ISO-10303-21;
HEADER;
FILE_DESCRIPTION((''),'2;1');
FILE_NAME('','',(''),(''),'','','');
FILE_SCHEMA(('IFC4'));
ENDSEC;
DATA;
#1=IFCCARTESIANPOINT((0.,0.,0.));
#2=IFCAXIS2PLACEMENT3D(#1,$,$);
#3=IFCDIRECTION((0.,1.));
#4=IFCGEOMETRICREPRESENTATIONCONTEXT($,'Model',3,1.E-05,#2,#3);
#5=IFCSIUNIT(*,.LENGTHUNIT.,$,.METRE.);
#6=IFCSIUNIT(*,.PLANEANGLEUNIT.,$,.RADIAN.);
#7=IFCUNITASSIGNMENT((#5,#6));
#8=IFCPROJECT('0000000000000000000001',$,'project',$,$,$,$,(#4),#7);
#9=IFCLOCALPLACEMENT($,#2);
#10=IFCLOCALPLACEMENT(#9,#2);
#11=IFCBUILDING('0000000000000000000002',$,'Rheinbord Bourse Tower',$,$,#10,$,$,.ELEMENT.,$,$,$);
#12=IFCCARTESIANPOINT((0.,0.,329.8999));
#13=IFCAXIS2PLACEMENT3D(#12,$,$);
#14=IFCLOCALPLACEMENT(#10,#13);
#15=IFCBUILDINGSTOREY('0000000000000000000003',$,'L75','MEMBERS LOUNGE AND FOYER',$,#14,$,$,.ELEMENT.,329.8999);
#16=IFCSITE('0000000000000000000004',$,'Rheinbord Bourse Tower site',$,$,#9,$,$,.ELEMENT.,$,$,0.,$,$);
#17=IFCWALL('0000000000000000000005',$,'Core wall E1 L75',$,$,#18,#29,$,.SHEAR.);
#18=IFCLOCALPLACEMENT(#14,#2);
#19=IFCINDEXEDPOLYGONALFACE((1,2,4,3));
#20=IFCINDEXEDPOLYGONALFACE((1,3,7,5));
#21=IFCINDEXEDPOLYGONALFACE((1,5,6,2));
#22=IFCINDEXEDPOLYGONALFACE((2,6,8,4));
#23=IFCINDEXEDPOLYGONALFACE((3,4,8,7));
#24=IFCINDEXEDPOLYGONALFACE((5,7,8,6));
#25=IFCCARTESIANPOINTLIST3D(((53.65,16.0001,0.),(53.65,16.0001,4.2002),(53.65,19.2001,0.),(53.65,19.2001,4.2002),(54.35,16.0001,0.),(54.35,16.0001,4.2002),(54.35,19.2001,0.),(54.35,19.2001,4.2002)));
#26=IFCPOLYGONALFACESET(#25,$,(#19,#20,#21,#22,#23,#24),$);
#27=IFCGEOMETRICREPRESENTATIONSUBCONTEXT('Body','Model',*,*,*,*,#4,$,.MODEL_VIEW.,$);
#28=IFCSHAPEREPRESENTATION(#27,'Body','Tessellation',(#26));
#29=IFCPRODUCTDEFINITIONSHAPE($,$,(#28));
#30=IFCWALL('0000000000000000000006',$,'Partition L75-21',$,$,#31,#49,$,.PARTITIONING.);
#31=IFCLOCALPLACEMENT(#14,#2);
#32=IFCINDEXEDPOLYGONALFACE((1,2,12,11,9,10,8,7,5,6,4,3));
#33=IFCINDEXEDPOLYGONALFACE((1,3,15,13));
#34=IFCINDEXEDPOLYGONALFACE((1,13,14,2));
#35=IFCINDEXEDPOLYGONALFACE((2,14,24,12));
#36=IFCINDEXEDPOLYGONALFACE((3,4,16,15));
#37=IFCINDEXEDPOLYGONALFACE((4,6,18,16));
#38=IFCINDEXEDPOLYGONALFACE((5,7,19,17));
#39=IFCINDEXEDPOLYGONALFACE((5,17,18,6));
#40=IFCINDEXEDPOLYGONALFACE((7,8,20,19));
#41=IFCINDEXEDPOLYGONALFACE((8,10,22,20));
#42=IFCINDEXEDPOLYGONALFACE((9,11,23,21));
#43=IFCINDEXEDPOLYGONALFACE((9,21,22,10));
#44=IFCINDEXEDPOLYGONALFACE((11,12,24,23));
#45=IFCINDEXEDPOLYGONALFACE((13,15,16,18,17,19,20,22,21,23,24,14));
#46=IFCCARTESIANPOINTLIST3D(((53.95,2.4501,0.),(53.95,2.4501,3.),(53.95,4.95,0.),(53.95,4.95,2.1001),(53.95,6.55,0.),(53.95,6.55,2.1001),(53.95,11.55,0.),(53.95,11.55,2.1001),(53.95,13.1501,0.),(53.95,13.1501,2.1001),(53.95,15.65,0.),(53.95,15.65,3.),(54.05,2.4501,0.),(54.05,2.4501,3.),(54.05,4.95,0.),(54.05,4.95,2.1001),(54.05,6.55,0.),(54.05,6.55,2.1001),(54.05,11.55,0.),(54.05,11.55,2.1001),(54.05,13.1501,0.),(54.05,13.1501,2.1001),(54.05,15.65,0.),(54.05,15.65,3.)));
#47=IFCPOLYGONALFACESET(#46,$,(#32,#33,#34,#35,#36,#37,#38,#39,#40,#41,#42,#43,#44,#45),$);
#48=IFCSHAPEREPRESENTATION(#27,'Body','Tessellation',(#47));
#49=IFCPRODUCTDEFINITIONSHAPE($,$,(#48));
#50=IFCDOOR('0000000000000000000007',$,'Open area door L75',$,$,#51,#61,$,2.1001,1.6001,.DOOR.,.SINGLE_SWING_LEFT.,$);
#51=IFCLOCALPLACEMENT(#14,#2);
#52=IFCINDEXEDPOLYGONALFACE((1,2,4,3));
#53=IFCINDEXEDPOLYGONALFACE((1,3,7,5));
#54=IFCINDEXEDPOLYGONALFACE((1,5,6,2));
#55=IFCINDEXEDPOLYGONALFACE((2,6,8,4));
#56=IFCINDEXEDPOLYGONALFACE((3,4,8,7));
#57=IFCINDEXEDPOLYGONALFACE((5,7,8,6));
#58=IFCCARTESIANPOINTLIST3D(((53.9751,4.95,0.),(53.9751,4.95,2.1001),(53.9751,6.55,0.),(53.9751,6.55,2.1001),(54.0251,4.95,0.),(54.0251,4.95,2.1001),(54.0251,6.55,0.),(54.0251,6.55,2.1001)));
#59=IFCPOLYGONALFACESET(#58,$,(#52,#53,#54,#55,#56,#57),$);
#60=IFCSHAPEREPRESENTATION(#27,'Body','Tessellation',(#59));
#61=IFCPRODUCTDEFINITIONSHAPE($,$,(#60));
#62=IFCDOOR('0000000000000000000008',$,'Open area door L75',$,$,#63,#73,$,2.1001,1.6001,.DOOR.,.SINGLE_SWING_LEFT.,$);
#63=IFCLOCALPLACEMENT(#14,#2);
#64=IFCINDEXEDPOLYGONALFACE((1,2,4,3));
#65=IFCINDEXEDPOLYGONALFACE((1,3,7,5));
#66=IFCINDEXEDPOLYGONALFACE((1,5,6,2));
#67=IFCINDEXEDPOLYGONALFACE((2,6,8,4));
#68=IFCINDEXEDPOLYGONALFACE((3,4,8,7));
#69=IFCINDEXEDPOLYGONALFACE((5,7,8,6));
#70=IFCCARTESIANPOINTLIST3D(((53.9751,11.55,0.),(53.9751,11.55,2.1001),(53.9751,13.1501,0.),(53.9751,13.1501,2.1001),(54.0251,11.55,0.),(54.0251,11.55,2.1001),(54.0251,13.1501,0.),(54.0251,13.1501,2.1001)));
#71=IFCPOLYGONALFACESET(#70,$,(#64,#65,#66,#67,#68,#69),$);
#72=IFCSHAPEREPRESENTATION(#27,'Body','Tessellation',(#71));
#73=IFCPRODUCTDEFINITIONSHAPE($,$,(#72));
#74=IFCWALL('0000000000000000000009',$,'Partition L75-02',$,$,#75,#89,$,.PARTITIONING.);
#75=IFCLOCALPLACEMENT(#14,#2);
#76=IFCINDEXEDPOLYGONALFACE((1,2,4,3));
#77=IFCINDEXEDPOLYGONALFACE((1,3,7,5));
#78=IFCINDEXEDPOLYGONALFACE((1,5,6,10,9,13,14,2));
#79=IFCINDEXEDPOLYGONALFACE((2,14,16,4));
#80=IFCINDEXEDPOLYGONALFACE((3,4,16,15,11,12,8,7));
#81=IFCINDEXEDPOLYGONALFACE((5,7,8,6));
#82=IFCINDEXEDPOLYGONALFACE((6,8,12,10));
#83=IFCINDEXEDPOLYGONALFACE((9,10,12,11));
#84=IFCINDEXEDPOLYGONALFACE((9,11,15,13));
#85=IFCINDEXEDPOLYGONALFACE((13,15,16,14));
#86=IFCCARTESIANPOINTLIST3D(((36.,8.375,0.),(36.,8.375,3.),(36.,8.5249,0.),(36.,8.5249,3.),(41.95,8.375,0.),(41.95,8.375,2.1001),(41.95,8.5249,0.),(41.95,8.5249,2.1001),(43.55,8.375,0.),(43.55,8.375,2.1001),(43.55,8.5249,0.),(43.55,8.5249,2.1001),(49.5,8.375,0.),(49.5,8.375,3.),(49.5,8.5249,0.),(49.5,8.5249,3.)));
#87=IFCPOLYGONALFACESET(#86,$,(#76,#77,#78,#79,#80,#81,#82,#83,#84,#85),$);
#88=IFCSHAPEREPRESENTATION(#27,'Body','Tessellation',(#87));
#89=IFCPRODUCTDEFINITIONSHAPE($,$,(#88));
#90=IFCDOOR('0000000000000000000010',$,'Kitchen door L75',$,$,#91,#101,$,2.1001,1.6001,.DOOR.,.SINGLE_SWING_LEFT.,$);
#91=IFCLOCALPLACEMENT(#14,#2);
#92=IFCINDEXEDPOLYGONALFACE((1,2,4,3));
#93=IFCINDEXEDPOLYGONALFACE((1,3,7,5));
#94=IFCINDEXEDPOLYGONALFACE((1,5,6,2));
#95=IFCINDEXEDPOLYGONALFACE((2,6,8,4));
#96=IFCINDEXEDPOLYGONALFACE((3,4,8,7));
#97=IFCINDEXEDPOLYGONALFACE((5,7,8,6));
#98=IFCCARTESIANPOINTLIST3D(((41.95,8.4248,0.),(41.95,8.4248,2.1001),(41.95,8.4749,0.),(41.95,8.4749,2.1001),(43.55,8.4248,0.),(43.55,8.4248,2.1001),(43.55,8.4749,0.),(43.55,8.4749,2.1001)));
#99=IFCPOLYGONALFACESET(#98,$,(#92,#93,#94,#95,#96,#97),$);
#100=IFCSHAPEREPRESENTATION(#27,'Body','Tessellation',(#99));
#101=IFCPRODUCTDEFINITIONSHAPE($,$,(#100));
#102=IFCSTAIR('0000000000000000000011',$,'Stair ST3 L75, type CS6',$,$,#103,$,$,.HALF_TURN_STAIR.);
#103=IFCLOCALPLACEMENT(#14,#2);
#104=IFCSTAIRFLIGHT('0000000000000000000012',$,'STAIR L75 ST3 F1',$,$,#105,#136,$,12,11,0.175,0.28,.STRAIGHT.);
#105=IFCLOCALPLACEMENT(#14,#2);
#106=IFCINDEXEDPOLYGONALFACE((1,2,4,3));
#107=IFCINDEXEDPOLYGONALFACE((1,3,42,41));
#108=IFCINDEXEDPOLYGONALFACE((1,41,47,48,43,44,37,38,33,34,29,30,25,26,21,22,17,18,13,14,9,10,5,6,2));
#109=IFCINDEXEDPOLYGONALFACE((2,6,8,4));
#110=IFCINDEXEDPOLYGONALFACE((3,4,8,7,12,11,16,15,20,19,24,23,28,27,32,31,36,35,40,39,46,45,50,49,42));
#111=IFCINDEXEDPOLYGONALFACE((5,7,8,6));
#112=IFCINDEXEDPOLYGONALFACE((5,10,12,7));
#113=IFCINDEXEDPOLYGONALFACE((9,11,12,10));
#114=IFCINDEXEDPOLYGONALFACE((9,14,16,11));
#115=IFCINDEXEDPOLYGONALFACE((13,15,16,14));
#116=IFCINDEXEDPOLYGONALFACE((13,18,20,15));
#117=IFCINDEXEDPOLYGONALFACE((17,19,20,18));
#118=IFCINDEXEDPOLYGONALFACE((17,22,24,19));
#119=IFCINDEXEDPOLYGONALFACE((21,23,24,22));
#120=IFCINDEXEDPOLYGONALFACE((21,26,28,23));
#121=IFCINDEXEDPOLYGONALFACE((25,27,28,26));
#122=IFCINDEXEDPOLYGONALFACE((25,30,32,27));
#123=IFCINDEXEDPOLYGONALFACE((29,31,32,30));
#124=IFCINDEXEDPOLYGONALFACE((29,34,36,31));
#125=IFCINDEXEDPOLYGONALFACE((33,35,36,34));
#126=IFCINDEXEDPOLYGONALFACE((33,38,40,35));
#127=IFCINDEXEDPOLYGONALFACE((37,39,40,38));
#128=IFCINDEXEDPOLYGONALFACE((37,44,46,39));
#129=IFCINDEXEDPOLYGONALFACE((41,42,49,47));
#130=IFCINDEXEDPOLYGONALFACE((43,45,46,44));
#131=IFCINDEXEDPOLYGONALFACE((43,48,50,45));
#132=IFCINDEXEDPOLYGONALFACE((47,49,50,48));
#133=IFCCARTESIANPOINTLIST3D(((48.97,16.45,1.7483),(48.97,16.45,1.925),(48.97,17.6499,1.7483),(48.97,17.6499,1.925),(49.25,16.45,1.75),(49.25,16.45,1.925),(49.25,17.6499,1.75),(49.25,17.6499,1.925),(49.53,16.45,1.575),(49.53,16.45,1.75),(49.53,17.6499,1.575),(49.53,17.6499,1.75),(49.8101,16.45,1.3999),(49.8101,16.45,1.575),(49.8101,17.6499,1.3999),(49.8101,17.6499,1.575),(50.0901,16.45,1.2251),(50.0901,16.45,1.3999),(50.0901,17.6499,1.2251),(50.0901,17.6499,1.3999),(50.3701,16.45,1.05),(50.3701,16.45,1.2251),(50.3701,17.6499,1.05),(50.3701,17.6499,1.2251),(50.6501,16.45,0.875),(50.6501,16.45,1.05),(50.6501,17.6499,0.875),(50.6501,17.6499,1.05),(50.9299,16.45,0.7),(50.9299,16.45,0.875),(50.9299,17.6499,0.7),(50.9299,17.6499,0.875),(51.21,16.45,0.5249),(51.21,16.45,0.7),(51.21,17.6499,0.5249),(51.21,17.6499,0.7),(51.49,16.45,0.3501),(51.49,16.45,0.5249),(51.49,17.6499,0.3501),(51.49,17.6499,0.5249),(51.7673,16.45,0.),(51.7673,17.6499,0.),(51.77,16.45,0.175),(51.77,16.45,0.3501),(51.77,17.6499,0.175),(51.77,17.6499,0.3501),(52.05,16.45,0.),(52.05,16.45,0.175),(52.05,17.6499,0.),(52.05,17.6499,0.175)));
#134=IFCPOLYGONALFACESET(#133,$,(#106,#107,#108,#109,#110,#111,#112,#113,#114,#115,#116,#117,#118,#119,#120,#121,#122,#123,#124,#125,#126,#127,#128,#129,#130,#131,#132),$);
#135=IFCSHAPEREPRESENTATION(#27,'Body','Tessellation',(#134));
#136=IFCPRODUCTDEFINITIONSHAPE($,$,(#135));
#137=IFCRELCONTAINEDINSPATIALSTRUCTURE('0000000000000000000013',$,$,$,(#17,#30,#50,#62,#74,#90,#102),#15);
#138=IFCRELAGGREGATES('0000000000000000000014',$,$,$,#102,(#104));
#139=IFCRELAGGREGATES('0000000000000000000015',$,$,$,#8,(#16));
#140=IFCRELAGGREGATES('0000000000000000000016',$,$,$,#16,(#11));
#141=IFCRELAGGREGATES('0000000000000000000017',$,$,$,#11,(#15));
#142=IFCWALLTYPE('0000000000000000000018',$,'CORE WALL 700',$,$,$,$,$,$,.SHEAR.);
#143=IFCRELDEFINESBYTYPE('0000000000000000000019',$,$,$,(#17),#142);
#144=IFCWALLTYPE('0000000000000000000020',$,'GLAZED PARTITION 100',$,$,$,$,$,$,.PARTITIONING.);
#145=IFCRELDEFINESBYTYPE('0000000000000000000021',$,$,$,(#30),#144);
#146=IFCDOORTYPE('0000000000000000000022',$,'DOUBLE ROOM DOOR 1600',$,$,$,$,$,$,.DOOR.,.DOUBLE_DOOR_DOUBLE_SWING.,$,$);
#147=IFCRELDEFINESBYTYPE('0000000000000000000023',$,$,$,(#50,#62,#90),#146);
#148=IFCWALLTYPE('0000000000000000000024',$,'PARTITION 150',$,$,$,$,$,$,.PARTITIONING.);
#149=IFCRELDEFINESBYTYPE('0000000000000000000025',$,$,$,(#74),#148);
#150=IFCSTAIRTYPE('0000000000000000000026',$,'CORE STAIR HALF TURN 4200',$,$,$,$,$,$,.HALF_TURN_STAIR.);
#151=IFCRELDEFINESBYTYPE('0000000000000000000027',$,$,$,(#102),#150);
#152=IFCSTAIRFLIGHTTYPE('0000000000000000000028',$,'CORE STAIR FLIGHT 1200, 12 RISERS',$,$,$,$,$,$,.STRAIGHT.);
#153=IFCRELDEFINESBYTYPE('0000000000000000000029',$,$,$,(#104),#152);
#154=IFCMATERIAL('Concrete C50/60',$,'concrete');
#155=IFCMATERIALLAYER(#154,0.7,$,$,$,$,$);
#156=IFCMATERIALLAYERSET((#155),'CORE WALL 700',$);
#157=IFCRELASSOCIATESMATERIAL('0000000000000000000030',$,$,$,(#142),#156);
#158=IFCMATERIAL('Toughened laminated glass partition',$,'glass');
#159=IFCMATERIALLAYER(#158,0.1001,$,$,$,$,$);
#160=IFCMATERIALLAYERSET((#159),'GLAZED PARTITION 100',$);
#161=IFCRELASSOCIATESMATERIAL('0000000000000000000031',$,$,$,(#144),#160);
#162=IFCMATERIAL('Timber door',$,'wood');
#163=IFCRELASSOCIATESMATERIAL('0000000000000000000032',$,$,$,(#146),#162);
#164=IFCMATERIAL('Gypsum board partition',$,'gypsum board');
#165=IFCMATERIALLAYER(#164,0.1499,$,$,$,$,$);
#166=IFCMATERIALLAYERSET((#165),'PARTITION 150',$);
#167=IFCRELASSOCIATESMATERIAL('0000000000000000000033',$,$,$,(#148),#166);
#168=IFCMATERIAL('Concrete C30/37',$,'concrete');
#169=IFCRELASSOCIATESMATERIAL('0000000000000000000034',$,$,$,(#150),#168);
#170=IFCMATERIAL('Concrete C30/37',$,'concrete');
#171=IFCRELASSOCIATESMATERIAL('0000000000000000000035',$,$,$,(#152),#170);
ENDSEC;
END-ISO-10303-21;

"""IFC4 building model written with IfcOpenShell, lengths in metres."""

from ifc_helpers import new_model, si_unit, direction, frame, frame_2d, origin, place, context, subcontext, project, spatial, polyline, rectangle, outline, extrude, material, layer, layer_set, type_object, element, fill, aggregate, save


model = new_model("IFC4")

# Units and contexts
model_context = context("Model", 3, precision=1e-05, world=origin(), true_north=direction((0.0, 1.0)))
body_context = subcontext(model_context, "Body", "Model", "MODEL_VIEW")
ifc_project = project(units=[si_unit("LENGTHUNIT", "METRE"), si_unit("PLANEANGLEUNIT", "RADIAN")], contexts=[model_context])

# Site, building, storey
site_placement = place(None, origin())
site = spatial("IfcSite", under=ifc_project, at=site_placement, Name="Rheinbord Bourse Tower site", CompositionType="ELEMENT", RefElevation=0.0)
building_placement = place(site_placement, origin())
building = spatial("IfcBuilding", under=site, at=building_placement, Name="Rheinbord Bourse Tower", CompositionType="ELEMENT")
storey_placement = place(building_placement, frame((0.0, 0.0, 329.8999)))
storey = spatial("IfcBuildingStorey", under=building, at=storey_placement, Name="L75", Description="MEMBERS LOUNGE AND FOYER", CompositionType="ELEMENT", Elevation=329.8999)

# Wall
ifc_material_1 = material(Name="Concrete C50/60", Category="concrete")
ifc_layer_1 = layer(ifc_material_1, 0.7)
ifc_layer_set_1 = layer_set([ifc_layer_1], Name="CORE WALL 700")
wall_type_1 = type_object("IfcWallType", Name="CORE WALL 700", PredefinedType="SHEAR", material=ifc_layer_set_1)
wall_1_placement = place(storey_placement, frame((54.0, 16.0, 0.0), z_axis=(0.0, 0.0, 1.0), x_axis=(0.0, 1.0, 0.0)))
element("IfcWall", 1, at=wall_1_placement, inside=storey, type_object=wall_type_1, Name="Core wall E1 L75", PredefinedType="SHEAR", context=body_context, shape_type="SweptSolid", body=[
    extrude(rectangle(XDim=3.2, YDim=0.7, at=frame_2d((1.6001, 0.0))), origin(), (0.0, 0.0, 1.0), 4.2002),
])

# Wall, openings, doors
ifc_material_2 = material(Name="Toughened laminated glass partition", Category="glass")
ifc_layer_2 = layer(ifc_material_2, 0.1001)
ifc_layer_set_2 = layer_set([ifc_layer_2], Name="GLAZED PARTITION 100")
wall_type_2 = type_object("IfcWallType", Name="GLAZED PARTITION 100", PredefinedType="PARTITIONING", material=ifc_layer_set_2)
wall_2_placement = place(storey_placement, frame((54.0, 2.45, 0.0), z_axis=(0.0, 0.0, 1.0), x_axis=(0.0, 1.0, 0.0)))
wall_2 = element("IfcWall", 2, at=wall_2_placement, inside=storey, type_object=wall_type_2, Name="Partition L75-21", PredefinedType="PARTITIONING", context=body_context, shape_type="SweptSolid", body=[
    extrude(rectangle(XDim=13.2, YDim=0.1001, at=frame_2d((6.6001, 0.0))), origin(), (0.0, 0.0, 1.0), 3.0),
])
opening_1_placement = place(wall_2_placement, frame((2.5, 0.0, 0.0)))
opening_1 = element("IfcOpeningElement", 3, at=opening_1_placement, cuts=wall_2, PredefinedType="OPENING", context=body_context, shape_type="SweptSolid", body=[
    extrude(rectangle(XDim=1.6001, YDim=2.1001, at=frame_2d((0.8, 1.05))), frame((0.0, 0.0601, 0.0), z_axis=(0.0, -1.0, 0.0), x_axis=(1.0, 0.0, 0.0)), (0.0, 0.0, 1.0), 0.1201),
])
opening_2_placement = place(wall_2_placement, frame((9.1001, 0.0, 0.0)))
opening_2 = element("IfcOpeningElement", 4, at=opening_2_placement, cuts=wall_2, PredefinedType="OPENING", context=body_context, shape_type="SweptSolid", body=[
    extrude(rectangle(XDim=1.6001, YDim=2.1001, at=frame_2d((0.8, 1.05))), frame((0.0, 0.0601, 0.0), z_axis=(0.0, -1.0, 0.0), x_axis=(1.0, 0.0, 0.0)), (0.0, 0.0, 1.0), 0.1201),
])
ifc_material_3 = material(Name="Timber door", Category="wood")
door_type_1 = type_object("IfcDoorType", Name="DOUBLE ROOM DOOR 1600", OperationType="DOUBLE_DOOR_DOUBLE_SWING", PredefinedType="DOOR", material=ifc_material_3)
door_1_placement = place(opening_1_placement, origin())
door_1 = element("IfcDoor", 5, at=door_1_placement, inside=storey, type_object=door_type_1, Name="Open area door L75", OperationType="SINGLE_SWING_LEFT", OverallHeight=2.1001, OverallWidth=1.6001, PredefinedType="DOOR", context=body_context, shape_type="SweptSolid", body=[
    extrude(rectangle(XDim=1.6001, YDim=2.1001, at=frame_2d((0.8, 1.05))), frame((0.0, 0.0249, 0.0), z_axis=(0.0, -1.0, 0.0), x_axis=(1.0, 0.0, 0.0)), (0.0, 0.0, 1.0), 0.05),
])
fill(opening_1, door_1)
door_2_placement = place(opening_2_placement, origin())
door_2 = element("IfcDoor", 6, at=door_2_placement, inside=storey, type_object=door_type_1, Name="Open area door L75", OperationType="SINGLE_SWING_LEFT", OverallHeight=2.1001, OverallWidth=1.6001, PredefinedType="DOOR", context=body_context, shape_type="SweptSolid", body=[
    extrude(rectangle(XDim=1.6001, YDim=2.1001, at=frame_2d((0.8, 1.05))), frame((0.0, 0.0249, 0.0), z_axis=(0.0, -1.0, 0.0), x_axis=(1.0, 0.0, 0.0)), (0.0, 0.0, 1.0), 0.05),
])
fill(opening_2, door_2)

# Wall, opening, door
ifc_material_4 = material(Name="Gypsum board partition", Category="gypsum board")
ifc_layer_3 = layer(ifc_material_4, 0.1499)
ifc_layer_set_3 = layer_set([ifc_layer_3], Name="PARTITION 150")
wall_type_3 = type_object("IfcWallType", Name="PARTITION 150", PredefinedType="PARTITIONING", material=ifc_layer_set_3)
wall_3_placement = place(storey_placement, frame((36.0, 8.45, 0.0), z_axis=(0.0, 0.0, 1.0), x_axis=(1.0, 0.0, 0.0)))
wall_3 = element("IfcWall", 7, at=wall_3_placement, inside=storey, type_object=wall_type_3, Name="Partition L75-02", PredefinedType="PARTITIONING", context=body_context, shape_type="SweptSolid", body=[
    extrude(rectangle(XDim=13.5, YDim=0.1499, at=frame_2d((6.75, 0.0))), origin(), (0.0, 0.0, 1.0), 3.0),
])
opening_3_placement = place(wall_3_placement, frame((5.95, 0.0, 0.0)))
opening_3 = element("IfcOpeningElement", 8, at=opening_3_placement, cuts=wall_3, PredefinedType="OPENING", context=body_context, shape_type="SweptSolid", body=[
    extrude(rectangle(XDim=1.6001, YDim=2.1001, at=frame_2d((0.8, 1.05))), frame((0.0, 0.085, 0.0), z_axis=(0.0, -1.0, 0.0), x_axis=(1.0, 0.0, 0.0)), (0.0, 0.0, 1.0), 0.1699),
])
door_3_placement = place(opening_3_placement, origin())
door_3 = element("IfcDoor", 9, at=door_3_placement, inside=storey, type_object=door_type_1, Name="Kitchen door L75", OperationType="SINGLE_SWING_LEFT", OverallHeight=2.1001, OverallWidth=1.6001, PredefinedType="DOOR", context=body_context, shape_type="SweptSolid", body=[
    extrude(rectangle(XDim=1.6001, YDim=2.1001, at=frame_2d((0.8, 1.05))), frame((0.0, 0.0249, 0.0), z_axis=(0.0, -1.0, 0.0), x_axis=(1.0, 0.0, 0.0)), (0.0, 0.0, 1.0), 0.05),
])
fill(opening_3, door_3)

# Stair, stair flight
ifc_material_5 = material(Name="Concrete C30/37", Category="concrete")
stair_type = type_object("IfcStairType", Name="CORE STAIR HALF TURN 4200", PredefinedType="HALF_TURN_STAIR", material=ifc_material_5)
stair_placement = place(storey_placement, origin())
stair = element("IfcStair", 10, at=stair_placement, inside=storey, type_object=stair_type, Name="Stair ST3 L75, type CS6", PredefinedType="HALF_TURN_STAIR")
ifc_material_6 = material(Name="Concrete C30/37", Category="concrete")
stair_flight_type = type_object("IfcStairFlightType", Name="CORE STAIR FLIGHT 1200, 12 RISERS", PredefinedType="STRAIGHT", material=ifc_material_6)
stair_flight_placement = place(storey_placement, frame((52.05, 17.05, 0.0), z_axis=(0.0, 0.0, 1.0), x_axis=(-1.0, 0.0, 0.0)))
stair_flight = element("IfcStairFlight", 11, at=stair_flight_placement, type_object=stair_flight_type, Name="STAIR L75 ST3 F1", NumberOfRisers=12, NumberOfTreads=11, PredefinedType="STRAIGHT", RiserHeight=0.175, TreadLength=0.28, context=body_context, shape_type="SweptSolid", body=[
    extrude(outline(polyline([(0.0, 0.0), (0.0, 0.175), (0.28, 0.175), (0.28, 0.3501), (0.5601, 0.3501), (0.5601, 0.5249), (0.8401, 0.5249), (0.8401, 0.7), (1.1201, 0.7), (1.1201, 0.875), (1.3999, 0.875), (1.3999, 1.05), (1.6799, 1.05), (1.6799, 1.2251), (1.96, 1.2251), (1.96, 1.3999), (2.24, 1.3999), (2.24, 1.575), (2.52, 1.575), (2.52, 1.75), (2.8, 1.75), (2.8, 1.925), (3.0801, 1.925), (3.0801, 2.1001), (3.0801, 1.7483), (0.2827, 0.0), (0.0, 0.0)])), frame((0.0, 0.6001, 0.0), z_axis=(0.0, -1.0, 0.0), x_axis=(1.0, 0.0, 0.0)), (0.0, 0.0, 1.0), 1.2),
])
aggregate(stair, [stair_flight])

save(model, "model.ifc")
